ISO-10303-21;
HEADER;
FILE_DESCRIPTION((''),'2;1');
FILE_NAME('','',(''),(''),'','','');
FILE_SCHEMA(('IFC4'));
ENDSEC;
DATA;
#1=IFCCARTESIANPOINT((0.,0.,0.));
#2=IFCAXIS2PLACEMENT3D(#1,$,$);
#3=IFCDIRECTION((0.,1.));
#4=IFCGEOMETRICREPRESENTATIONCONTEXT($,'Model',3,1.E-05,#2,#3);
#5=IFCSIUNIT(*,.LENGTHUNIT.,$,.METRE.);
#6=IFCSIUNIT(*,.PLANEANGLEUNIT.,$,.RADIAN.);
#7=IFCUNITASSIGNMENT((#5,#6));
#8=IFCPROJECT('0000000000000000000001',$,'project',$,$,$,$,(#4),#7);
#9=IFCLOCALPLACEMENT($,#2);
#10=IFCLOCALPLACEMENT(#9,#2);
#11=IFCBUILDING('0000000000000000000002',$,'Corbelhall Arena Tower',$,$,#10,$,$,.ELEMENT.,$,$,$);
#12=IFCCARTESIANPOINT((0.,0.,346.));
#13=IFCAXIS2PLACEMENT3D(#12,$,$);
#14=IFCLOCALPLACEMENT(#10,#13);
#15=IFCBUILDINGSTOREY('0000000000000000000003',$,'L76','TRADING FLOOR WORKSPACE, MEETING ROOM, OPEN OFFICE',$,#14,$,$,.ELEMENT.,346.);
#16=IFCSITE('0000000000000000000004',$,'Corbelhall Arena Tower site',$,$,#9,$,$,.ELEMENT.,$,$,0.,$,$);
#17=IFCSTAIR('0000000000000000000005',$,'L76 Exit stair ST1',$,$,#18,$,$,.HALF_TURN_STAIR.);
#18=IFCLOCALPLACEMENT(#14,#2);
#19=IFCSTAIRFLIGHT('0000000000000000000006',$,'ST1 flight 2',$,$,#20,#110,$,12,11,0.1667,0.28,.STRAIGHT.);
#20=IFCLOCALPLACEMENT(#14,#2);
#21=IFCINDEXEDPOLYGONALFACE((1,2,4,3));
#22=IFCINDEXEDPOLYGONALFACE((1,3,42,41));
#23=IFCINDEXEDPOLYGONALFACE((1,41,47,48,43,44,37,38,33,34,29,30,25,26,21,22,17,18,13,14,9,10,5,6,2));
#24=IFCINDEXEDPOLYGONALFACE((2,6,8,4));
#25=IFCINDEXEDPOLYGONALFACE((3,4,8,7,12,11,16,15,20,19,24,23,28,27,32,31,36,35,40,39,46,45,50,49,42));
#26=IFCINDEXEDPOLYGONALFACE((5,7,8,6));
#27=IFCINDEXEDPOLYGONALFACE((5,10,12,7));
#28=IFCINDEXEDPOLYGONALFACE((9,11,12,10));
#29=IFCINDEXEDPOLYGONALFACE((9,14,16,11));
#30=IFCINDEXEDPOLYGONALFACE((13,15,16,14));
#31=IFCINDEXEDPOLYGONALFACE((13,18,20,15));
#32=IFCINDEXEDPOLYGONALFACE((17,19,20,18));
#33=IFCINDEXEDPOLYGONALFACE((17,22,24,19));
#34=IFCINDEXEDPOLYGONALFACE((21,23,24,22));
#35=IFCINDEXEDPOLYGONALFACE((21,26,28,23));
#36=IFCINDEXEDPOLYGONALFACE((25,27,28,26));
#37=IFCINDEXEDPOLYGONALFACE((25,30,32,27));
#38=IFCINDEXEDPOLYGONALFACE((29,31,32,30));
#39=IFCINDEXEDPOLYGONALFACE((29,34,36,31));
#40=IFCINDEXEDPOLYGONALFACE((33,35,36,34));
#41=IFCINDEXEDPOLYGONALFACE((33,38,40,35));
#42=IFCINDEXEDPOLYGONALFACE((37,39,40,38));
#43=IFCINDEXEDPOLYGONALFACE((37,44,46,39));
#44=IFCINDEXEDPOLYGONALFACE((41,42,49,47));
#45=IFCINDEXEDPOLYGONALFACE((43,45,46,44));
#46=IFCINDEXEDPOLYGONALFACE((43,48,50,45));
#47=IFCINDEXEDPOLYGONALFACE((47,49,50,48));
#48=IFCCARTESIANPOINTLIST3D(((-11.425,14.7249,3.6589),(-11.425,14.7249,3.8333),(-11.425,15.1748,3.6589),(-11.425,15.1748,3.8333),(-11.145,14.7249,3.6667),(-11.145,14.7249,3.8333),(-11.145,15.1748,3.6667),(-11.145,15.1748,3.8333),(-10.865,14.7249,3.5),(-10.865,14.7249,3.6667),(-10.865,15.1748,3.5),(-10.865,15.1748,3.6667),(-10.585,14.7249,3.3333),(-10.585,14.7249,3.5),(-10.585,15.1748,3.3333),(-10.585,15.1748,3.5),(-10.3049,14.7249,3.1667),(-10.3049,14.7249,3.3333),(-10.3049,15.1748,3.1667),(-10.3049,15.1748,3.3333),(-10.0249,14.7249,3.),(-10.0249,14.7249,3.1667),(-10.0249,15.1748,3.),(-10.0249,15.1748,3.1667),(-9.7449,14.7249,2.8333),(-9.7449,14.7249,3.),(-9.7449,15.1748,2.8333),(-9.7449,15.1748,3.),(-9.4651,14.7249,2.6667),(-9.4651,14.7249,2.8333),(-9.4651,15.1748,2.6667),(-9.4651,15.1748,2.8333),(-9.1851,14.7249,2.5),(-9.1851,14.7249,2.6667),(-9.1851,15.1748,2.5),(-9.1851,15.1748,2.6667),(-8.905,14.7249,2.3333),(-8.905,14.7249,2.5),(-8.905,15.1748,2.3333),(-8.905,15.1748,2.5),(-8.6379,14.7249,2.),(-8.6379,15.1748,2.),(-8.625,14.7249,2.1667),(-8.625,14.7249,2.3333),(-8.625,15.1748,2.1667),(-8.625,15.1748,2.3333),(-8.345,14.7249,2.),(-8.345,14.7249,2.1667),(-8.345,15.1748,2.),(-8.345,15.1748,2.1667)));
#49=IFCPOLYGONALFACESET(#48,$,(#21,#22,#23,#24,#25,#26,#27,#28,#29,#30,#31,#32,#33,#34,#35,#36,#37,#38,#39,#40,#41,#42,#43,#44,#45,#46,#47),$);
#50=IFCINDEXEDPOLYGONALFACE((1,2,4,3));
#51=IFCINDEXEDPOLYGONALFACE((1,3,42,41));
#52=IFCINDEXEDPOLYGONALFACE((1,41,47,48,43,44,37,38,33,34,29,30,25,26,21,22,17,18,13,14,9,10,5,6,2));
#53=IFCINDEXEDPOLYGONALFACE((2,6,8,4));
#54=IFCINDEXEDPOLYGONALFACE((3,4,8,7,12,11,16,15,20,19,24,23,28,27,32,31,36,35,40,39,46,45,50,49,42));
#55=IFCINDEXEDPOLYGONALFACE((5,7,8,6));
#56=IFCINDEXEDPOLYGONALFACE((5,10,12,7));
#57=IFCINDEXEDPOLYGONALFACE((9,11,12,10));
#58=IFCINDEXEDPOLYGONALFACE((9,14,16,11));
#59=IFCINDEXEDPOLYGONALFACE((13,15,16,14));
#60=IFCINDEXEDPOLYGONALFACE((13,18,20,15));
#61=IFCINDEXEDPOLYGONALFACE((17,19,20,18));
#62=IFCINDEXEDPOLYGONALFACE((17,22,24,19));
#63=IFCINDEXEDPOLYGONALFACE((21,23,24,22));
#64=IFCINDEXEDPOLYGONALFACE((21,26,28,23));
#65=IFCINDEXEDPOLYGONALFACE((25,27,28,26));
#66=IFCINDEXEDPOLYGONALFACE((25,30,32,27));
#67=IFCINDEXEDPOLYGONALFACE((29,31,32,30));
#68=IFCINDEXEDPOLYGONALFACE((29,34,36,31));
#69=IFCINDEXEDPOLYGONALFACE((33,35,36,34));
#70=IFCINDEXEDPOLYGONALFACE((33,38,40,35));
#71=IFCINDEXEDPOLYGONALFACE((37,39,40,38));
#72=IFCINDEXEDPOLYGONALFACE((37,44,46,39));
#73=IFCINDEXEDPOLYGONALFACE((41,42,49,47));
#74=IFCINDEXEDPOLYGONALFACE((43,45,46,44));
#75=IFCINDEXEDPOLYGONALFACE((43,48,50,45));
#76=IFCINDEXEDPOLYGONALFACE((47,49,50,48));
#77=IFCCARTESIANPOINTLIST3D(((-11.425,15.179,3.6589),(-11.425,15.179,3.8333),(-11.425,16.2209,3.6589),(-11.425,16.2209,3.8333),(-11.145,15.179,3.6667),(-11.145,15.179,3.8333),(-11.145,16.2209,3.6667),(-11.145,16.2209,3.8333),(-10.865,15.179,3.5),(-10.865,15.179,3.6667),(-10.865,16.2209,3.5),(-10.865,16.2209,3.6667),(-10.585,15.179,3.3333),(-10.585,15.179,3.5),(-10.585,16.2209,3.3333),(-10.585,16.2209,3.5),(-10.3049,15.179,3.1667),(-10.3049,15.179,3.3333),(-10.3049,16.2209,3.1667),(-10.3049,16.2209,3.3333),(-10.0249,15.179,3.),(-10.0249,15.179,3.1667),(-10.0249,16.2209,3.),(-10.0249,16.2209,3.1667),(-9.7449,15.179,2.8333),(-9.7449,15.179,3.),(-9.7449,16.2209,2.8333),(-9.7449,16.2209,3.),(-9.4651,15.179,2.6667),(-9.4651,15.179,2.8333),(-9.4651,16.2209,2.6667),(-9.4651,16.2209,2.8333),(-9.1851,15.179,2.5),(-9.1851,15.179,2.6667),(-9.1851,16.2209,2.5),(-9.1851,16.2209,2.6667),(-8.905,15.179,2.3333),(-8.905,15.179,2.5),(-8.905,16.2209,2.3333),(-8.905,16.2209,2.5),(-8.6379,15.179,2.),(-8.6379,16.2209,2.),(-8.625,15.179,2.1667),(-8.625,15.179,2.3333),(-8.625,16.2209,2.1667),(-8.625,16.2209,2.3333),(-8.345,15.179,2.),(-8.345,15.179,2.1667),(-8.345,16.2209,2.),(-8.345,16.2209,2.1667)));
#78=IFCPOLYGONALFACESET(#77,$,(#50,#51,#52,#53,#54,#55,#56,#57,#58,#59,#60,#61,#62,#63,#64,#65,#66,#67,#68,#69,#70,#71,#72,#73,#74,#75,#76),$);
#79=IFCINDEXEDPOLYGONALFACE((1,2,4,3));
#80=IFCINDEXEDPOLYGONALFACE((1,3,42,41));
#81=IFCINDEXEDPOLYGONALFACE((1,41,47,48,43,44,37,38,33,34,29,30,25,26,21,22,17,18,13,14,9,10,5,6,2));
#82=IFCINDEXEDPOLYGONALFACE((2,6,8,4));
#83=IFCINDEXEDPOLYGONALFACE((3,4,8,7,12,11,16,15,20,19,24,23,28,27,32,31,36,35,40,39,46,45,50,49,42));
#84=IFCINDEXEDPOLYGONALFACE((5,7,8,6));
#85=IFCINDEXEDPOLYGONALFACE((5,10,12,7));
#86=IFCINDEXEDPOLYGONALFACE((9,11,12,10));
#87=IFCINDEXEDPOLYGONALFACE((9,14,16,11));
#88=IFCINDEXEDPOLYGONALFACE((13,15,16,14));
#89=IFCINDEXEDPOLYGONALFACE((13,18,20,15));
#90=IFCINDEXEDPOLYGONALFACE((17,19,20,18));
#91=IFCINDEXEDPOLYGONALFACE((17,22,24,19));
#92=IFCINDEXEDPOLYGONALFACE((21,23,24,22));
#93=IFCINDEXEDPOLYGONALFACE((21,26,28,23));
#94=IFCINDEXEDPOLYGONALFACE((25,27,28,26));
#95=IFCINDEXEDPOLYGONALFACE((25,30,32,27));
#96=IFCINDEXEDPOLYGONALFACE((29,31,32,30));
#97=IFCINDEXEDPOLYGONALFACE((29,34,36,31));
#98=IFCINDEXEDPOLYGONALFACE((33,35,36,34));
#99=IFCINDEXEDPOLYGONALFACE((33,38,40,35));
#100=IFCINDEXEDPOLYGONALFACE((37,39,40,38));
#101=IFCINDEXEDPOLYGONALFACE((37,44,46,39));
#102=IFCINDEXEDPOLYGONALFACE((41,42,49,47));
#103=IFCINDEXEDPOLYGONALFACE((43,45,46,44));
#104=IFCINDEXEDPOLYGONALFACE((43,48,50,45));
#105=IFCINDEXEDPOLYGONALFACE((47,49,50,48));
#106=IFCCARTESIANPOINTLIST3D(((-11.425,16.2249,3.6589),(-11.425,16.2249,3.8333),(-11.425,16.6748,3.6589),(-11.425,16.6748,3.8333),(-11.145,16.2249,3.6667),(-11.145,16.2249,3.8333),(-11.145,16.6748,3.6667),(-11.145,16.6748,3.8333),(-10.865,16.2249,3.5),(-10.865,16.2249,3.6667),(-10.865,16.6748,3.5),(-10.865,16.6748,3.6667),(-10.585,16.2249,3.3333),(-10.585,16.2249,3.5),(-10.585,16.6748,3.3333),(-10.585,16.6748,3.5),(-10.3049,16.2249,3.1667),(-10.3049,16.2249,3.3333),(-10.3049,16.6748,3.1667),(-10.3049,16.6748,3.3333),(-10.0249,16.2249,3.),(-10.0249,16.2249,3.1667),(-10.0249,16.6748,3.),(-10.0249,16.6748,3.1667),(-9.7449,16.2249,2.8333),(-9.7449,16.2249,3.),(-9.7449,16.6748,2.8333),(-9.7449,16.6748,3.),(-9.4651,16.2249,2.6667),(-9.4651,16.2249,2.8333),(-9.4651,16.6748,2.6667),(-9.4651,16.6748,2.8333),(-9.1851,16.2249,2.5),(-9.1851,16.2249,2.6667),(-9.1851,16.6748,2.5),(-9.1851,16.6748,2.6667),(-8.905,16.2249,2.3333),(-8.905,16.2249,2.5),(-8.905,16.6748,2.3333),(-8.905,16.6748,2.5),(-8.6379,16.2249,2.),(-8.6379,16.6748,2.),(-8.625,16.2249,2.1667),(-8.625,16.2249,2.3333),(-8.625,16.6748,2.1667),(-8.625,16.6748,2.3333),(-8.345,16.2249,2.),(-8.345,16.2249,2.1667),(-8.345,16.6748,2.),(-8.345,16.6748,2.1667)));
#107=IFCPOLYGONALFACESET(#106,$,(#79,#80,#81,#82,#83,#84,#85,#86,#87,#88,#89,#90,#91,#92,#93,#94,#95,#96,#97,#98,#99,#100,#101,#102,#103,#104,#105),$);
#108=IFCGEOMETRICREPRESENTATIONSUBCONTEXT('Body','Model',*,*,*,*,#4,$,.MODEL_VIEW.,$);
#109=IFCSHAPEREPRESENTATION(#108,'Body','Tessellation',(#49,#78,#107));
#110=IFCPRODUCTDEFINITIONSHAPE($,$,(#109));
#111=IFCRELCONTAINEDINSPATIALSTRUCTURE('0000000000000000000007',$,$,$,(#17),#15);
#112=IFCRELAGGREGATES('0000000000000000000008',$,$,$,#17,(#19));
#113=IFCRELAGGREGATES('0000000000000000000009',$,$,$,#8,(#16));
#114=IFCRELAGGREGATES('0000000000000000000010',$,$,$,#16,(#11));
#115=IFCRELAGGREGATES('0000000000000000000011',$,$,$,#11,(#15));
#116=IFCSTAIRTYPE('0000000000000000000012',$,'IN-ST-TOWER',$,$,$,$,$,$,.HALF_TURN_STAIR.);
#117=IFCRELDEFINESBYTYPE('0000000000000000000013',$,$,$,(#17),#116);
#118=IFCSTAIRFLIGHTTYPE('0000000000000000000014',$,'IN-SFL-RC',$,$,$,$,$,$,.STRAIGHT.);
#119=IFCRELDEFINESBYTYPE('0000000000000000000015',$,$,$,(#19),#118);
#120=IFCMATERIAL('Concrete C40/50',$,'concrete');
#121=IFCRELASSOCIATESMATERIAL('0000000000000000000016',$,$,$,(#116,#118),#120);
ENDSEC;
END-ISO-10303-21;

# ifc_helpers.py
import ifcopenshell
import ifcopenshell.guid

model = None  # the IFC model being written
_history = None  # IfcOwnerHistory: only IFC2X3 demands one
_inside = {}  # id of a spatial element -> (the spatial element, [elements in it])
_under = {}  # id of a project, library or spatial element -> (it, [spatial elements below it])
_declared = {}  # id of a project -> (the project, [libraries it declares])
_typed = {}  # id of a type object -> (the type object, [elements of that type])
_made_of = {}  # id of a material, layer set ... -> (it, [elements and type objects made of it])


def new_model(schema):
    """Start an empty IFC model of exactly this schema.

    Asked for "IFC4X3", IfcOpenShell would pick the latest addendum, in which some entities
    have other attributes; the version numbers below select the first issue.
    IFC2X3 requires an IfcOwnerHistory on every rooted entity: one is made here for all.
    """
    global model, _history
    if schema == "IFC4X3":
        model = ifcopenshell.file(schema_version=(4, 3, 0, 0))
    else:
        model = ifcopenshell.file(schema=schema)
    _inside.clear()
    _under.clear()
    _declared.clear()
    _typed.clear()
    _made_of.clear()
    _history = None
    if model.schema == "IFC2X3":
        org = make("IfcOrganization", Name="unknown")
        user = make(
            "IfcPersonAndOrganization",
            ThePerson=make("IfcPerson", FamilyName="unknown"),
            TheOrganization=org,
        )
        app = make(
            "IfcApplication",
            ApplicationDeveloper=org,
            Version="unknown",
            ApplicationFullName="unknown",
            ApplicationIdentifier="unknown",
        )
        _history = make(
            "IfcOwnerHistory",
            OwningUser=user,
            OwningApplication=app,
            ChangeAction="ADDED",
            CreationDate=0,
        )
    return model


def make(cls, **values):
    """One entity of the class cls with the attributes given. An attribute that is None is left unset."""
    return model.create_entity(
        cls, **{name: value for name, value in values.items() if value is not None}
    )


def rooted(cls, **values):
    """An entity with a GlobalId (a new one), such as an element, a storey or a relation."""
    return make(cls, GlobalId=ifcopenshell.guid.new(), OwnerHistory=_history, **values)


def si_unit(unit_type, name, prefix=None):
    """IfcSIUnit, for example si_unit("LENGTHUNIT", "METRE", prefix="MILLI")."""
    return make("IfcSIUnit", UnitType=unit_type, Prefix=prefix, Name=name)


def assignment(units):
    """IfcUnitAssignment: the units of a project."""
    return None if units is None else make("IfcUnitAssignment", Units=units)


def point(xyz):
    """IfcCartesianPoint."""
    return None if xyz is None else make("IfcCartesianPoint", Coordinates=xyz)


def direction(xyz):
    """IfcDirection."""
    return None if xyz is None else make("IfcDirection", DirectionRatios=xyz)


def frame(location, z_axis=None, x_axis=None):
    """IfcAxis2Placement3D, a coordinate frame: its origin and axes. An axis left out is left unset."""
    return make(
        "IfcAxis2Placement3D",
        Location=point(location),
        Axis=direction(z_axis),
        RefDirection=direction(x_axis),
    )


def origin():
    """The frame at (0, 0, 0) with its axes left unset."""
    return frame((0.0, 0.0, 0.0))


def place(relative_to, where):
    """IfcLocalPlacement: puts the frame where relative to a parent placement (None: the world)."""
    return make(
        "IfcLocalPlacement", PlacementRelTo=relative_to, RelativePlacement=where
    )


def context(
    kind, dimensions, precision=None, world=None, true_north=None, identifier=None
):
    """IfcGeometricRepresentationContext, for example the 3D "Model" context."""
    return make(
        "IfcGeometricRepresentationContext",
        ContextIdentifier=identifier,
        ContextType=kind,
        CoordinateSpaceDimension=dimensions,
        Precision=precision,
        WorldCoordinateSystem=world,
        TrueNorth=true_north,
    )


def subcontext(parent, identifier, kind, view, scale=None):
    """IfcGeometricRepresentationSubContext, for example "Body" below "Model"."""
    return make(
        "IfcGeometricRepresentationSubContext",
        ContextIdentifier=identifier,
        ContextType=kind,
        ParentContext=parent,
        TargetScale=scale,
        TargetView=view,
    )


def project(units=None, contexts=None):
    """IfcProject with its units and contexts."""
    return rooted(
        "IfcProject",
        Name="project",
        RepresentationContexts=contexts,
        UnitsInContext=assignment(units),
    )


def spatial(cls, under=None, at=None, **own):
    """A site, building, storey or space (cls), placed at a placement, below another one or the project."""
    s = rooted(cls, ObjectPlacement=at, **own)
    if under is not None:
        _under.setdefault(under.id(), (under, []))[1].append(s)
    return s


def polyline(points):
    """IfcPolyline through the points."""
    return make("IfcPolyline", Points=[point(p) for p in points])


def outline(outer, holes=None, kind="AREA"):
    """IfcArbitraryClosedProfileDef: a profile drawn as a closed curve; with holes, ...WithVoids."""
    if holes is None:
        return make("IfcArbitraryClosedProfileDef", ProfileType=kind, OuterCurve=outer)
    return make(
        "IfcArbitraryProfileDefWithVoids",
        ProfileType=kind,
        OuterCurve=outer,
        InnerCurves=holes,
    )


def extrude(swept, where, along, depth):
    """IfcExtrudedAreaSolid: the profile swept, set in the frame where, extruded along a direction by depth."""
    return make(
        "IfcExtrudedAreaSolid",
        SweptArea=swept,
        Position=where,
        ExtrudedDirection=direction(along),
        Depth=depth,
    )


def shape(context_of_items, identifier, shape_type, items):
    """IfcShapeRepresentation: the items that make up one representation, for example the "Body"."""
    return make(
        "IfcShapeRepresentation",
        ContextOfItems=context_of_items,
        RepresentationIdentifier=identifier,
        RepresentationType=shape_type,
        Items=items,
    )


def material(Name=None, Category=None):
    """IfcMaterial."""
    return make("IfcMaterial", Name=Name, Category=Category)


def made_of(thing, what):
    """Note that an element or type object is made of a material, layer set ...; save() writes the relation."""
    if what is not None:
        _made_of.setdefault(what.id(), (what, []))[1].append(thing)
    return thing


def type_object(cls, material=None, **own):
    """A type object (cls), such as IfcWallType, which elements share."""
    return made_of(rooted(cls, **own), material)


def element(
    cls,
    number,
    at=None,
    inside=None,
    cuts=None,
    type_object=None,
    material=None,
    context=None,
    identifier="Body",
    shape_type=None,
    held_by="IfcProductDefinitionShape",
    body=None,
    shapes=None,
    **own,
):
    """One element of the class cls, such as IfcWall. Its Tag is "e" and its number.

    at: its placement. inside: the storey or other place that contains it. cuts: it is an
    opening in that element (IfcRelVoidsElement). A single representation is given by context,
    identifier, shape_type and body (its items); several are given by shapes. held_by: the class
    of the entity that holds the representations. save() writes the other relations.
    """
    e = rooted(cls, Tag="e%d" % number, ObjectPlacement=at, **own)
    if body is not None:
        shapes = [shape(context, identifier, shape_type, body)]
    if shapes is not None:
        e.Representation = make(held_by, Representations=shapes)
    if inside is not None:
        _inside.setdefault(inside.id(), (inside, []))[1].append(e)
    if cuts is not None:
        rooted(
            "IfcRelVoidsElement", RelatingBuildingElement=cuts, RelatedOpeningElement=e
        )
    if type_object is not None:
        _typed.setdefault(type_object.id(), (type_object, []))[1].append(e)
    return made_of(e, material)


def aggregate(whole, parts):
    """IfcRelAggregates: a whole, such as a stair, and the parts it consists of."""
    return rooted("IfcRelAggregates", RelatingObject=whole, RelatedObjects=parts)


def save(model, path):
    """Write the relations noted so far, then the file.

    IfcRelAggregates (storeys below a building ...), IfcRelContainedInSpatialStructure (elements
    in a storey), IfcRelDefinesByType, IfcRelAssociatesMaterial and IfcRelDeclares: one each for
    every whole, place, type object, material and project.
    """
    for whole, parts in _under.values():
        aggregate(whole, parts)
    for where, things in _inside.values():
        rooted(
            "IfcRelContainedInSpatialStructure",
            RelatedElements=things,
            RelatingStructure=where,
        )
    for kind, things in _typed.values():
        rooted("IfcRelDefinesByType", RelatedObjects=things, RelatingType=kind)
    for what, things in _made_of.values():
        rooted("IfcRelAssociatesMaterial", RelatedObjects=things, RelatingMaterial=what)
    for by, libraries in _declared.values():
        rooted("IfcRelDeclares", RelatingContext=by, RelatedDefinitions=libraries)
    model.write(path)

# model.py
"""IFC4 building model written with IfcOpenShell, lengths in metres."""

from ifc_helpers import new_model, si_unit, direction, frame, origin, place, context, subcontext, project, spatial, polyline, outline, extrude, material, type_object, element, aggregate, save


model = new_model("IFC4")

# Units and contexts
model_context = context("Model", 3, precision=1e-05, world=origin(), true_north=direction((0.0, 1.0)))
body_context = subcontext(model_context, "Body", "Model", "MODEL_VIEW")
ifc_project = project(units=[si_unit("LENGTHUNIT", "METRE"), si_unit("PLANEANGLEUNIT", "RADIAN")], contexts=[model_context])

# Site, building, storey
site_placement = place(None, origin())
site = spatial("IfcSite", under=ifc_project, at=site_placement, Name="Corbelhall Arena Tower site", CompositionType="ELEMENT", RefElevation=0.0)
building_placement = place(site_placement, origin())
building = spatial("IfcBuilding", under=site, at=building_placement, Name="Corbelhall Arena Tower", CompositionType="ELEMENT")
storey_placement = place(building_placement, frame((0.0, 0.0, 346.0)))
storey = spatial("IfcBuildingStorey", under=building, at=storey_placement, Name="L76", Description="TRADING FLOOR WORKSPACE, MEETING ROOM, OPEN OFFICE", CompositionType="ELEMENT", Elevation=346.0)

# Shared definitions
ifc_material_1 = material(Name="Concrete C40/50", Category="concrete")

# Stair, stair flight
stair_type = type_object("IfcStairType", Name="IN-ST-TOWER", PredefinedType="HALF_TURN_STAIR", material=ifc_material_1)
stair_placement = place(storey_placement, origin())
stair = element("IfcStair", 1, at=stair_placement, inside=storey, type_object=stair_type, Name="L76 Exit stair ST1", PredefinedType="HALF_TURN_STAIR")
stair_flight_type = type_object("IfcStairFlightType", Name="IN-SFL-RC", PredefinedType="STRAIGHT", material=ifc_material_1)
stair_flight_1_placement = place(storey_placement, frame((-8.345, 15.7, 2.0), z_axis=(0.0, 0.0, 1.0), x_axis=(-1.0, 0.0, 0.0)))
stair_flight_1 = element("IfcStairFlight", 2, at=stair_flight_1_placement, type_object=stair_flight_type, Name="ST1 flight 2", NumberOfRisers=12, NumberOfTreads=11, PredefinedType="STRAIGHT", RiserHeight=0.1667, TreadLength=0.28, context=body_context, shape_type="SweptSolid", body=[
    extrude(outline(polyline([(0.0, 0.0), (0.0, 0.1667), (0.28, 0.1667), (0.28, 0.3333), (0.5601, 0.3333), (0.5601, 0.5), (0.8401, 0.5), (0.8401, 0.6667), (1.1201, 0.6667), (1.1201, 0.8333), (1.3999, 0.8333), (1.3999, 1.0), (1.6799, 1.0), (1.6799, 1.1667), (1.96, 1.1667), (1.96, 1.3333), (2.24, 1.3333), (2.24, 1.5), (2.52, 1.5), (2.52, 1.6667), (2.8, 1.6667), (2.8, 1.8333), (3.0801, 1.8333), (3.0801, 2.0), (3.0801, 1.6589), (0.293, 0.0), (0.0, 0.0)])), frame((0.0, 0.9751, 0.0), z_axis=(0.0, -1.0, 0.0), x_axis=(1.0, 0.0, 0.0)), (0.0, 0.0, 1.0), 0.45),
    extrude(outline(polyline([(0.0, 0.0), (0.0, 0.1667), (0.28, 0.1667), (0.28, 0.3333), (0.5601, 0.3333), (0.5601, 0.5), (0.8401, 0.5), (0.8401, 0.6667), (1.1201, 0.6667), (1.1201, 0.8333), (1.3999, 0.8333), (1.3999, 1.0), (1.6799, 1.0), (1.6799, 1.1667), (1.96, 1.1667), (1.96, 1.3333), (2.24, 1.3333), (2.24, 1.5), (2.52, 1.5), (2.52, 1.6667), (2.8, 1.6667), (2.8, 1.8333), (3.0801, 1.8333), (3.0801, 2.0), (3.0801, 1.6589), (0.293, 0.0), (0.0, 0.0)])), frame((0.0, 0.521, 0.0), z_axis=(0.0, -1.0, 0.0), x_axis=(1.0, 0.0, 0.0)), (0.0, 0.0, 1.0), 1.042),
    extrude(outline(polyline([(0.0, 0.0), (0.0, 0.1667), (0.28, 0.1667), (0.28, 0.3333), (0.5601, 0.3333), (0.5601, 0.5), (0.8401, 0.5), (0.8401, 0.6667), (1.1201, 0.6667), (1.1201, 0.8333), (1.3999, 0.8333), (1.3999, 1.0), (1.6799, 1.0), (1.6799, 1.1667), (1.96, 1.1667), (1.96, 1.3333), (2.24, 1.3333), (2.24, 1.5), (2.52, 1.5), (2.52, 1.6667), (2.8, 1.6667), (2.8, 1.8333), (3.0801, 1.8333), (3.0801, 2.0), (3.0801, 1.6589), (0.293, 0.0), (0.0, 0.0)])), frame((0.0, -0.5249, 0.0), z_axis=(0.0, -1.0, 0.0), x_axis=(1.0, 0.0, 0.0)), (0.0, 0.0, 1.0), 0.45),
])
aggregate(stair, [stair_flight_1])

save(model, "model.ifc")
